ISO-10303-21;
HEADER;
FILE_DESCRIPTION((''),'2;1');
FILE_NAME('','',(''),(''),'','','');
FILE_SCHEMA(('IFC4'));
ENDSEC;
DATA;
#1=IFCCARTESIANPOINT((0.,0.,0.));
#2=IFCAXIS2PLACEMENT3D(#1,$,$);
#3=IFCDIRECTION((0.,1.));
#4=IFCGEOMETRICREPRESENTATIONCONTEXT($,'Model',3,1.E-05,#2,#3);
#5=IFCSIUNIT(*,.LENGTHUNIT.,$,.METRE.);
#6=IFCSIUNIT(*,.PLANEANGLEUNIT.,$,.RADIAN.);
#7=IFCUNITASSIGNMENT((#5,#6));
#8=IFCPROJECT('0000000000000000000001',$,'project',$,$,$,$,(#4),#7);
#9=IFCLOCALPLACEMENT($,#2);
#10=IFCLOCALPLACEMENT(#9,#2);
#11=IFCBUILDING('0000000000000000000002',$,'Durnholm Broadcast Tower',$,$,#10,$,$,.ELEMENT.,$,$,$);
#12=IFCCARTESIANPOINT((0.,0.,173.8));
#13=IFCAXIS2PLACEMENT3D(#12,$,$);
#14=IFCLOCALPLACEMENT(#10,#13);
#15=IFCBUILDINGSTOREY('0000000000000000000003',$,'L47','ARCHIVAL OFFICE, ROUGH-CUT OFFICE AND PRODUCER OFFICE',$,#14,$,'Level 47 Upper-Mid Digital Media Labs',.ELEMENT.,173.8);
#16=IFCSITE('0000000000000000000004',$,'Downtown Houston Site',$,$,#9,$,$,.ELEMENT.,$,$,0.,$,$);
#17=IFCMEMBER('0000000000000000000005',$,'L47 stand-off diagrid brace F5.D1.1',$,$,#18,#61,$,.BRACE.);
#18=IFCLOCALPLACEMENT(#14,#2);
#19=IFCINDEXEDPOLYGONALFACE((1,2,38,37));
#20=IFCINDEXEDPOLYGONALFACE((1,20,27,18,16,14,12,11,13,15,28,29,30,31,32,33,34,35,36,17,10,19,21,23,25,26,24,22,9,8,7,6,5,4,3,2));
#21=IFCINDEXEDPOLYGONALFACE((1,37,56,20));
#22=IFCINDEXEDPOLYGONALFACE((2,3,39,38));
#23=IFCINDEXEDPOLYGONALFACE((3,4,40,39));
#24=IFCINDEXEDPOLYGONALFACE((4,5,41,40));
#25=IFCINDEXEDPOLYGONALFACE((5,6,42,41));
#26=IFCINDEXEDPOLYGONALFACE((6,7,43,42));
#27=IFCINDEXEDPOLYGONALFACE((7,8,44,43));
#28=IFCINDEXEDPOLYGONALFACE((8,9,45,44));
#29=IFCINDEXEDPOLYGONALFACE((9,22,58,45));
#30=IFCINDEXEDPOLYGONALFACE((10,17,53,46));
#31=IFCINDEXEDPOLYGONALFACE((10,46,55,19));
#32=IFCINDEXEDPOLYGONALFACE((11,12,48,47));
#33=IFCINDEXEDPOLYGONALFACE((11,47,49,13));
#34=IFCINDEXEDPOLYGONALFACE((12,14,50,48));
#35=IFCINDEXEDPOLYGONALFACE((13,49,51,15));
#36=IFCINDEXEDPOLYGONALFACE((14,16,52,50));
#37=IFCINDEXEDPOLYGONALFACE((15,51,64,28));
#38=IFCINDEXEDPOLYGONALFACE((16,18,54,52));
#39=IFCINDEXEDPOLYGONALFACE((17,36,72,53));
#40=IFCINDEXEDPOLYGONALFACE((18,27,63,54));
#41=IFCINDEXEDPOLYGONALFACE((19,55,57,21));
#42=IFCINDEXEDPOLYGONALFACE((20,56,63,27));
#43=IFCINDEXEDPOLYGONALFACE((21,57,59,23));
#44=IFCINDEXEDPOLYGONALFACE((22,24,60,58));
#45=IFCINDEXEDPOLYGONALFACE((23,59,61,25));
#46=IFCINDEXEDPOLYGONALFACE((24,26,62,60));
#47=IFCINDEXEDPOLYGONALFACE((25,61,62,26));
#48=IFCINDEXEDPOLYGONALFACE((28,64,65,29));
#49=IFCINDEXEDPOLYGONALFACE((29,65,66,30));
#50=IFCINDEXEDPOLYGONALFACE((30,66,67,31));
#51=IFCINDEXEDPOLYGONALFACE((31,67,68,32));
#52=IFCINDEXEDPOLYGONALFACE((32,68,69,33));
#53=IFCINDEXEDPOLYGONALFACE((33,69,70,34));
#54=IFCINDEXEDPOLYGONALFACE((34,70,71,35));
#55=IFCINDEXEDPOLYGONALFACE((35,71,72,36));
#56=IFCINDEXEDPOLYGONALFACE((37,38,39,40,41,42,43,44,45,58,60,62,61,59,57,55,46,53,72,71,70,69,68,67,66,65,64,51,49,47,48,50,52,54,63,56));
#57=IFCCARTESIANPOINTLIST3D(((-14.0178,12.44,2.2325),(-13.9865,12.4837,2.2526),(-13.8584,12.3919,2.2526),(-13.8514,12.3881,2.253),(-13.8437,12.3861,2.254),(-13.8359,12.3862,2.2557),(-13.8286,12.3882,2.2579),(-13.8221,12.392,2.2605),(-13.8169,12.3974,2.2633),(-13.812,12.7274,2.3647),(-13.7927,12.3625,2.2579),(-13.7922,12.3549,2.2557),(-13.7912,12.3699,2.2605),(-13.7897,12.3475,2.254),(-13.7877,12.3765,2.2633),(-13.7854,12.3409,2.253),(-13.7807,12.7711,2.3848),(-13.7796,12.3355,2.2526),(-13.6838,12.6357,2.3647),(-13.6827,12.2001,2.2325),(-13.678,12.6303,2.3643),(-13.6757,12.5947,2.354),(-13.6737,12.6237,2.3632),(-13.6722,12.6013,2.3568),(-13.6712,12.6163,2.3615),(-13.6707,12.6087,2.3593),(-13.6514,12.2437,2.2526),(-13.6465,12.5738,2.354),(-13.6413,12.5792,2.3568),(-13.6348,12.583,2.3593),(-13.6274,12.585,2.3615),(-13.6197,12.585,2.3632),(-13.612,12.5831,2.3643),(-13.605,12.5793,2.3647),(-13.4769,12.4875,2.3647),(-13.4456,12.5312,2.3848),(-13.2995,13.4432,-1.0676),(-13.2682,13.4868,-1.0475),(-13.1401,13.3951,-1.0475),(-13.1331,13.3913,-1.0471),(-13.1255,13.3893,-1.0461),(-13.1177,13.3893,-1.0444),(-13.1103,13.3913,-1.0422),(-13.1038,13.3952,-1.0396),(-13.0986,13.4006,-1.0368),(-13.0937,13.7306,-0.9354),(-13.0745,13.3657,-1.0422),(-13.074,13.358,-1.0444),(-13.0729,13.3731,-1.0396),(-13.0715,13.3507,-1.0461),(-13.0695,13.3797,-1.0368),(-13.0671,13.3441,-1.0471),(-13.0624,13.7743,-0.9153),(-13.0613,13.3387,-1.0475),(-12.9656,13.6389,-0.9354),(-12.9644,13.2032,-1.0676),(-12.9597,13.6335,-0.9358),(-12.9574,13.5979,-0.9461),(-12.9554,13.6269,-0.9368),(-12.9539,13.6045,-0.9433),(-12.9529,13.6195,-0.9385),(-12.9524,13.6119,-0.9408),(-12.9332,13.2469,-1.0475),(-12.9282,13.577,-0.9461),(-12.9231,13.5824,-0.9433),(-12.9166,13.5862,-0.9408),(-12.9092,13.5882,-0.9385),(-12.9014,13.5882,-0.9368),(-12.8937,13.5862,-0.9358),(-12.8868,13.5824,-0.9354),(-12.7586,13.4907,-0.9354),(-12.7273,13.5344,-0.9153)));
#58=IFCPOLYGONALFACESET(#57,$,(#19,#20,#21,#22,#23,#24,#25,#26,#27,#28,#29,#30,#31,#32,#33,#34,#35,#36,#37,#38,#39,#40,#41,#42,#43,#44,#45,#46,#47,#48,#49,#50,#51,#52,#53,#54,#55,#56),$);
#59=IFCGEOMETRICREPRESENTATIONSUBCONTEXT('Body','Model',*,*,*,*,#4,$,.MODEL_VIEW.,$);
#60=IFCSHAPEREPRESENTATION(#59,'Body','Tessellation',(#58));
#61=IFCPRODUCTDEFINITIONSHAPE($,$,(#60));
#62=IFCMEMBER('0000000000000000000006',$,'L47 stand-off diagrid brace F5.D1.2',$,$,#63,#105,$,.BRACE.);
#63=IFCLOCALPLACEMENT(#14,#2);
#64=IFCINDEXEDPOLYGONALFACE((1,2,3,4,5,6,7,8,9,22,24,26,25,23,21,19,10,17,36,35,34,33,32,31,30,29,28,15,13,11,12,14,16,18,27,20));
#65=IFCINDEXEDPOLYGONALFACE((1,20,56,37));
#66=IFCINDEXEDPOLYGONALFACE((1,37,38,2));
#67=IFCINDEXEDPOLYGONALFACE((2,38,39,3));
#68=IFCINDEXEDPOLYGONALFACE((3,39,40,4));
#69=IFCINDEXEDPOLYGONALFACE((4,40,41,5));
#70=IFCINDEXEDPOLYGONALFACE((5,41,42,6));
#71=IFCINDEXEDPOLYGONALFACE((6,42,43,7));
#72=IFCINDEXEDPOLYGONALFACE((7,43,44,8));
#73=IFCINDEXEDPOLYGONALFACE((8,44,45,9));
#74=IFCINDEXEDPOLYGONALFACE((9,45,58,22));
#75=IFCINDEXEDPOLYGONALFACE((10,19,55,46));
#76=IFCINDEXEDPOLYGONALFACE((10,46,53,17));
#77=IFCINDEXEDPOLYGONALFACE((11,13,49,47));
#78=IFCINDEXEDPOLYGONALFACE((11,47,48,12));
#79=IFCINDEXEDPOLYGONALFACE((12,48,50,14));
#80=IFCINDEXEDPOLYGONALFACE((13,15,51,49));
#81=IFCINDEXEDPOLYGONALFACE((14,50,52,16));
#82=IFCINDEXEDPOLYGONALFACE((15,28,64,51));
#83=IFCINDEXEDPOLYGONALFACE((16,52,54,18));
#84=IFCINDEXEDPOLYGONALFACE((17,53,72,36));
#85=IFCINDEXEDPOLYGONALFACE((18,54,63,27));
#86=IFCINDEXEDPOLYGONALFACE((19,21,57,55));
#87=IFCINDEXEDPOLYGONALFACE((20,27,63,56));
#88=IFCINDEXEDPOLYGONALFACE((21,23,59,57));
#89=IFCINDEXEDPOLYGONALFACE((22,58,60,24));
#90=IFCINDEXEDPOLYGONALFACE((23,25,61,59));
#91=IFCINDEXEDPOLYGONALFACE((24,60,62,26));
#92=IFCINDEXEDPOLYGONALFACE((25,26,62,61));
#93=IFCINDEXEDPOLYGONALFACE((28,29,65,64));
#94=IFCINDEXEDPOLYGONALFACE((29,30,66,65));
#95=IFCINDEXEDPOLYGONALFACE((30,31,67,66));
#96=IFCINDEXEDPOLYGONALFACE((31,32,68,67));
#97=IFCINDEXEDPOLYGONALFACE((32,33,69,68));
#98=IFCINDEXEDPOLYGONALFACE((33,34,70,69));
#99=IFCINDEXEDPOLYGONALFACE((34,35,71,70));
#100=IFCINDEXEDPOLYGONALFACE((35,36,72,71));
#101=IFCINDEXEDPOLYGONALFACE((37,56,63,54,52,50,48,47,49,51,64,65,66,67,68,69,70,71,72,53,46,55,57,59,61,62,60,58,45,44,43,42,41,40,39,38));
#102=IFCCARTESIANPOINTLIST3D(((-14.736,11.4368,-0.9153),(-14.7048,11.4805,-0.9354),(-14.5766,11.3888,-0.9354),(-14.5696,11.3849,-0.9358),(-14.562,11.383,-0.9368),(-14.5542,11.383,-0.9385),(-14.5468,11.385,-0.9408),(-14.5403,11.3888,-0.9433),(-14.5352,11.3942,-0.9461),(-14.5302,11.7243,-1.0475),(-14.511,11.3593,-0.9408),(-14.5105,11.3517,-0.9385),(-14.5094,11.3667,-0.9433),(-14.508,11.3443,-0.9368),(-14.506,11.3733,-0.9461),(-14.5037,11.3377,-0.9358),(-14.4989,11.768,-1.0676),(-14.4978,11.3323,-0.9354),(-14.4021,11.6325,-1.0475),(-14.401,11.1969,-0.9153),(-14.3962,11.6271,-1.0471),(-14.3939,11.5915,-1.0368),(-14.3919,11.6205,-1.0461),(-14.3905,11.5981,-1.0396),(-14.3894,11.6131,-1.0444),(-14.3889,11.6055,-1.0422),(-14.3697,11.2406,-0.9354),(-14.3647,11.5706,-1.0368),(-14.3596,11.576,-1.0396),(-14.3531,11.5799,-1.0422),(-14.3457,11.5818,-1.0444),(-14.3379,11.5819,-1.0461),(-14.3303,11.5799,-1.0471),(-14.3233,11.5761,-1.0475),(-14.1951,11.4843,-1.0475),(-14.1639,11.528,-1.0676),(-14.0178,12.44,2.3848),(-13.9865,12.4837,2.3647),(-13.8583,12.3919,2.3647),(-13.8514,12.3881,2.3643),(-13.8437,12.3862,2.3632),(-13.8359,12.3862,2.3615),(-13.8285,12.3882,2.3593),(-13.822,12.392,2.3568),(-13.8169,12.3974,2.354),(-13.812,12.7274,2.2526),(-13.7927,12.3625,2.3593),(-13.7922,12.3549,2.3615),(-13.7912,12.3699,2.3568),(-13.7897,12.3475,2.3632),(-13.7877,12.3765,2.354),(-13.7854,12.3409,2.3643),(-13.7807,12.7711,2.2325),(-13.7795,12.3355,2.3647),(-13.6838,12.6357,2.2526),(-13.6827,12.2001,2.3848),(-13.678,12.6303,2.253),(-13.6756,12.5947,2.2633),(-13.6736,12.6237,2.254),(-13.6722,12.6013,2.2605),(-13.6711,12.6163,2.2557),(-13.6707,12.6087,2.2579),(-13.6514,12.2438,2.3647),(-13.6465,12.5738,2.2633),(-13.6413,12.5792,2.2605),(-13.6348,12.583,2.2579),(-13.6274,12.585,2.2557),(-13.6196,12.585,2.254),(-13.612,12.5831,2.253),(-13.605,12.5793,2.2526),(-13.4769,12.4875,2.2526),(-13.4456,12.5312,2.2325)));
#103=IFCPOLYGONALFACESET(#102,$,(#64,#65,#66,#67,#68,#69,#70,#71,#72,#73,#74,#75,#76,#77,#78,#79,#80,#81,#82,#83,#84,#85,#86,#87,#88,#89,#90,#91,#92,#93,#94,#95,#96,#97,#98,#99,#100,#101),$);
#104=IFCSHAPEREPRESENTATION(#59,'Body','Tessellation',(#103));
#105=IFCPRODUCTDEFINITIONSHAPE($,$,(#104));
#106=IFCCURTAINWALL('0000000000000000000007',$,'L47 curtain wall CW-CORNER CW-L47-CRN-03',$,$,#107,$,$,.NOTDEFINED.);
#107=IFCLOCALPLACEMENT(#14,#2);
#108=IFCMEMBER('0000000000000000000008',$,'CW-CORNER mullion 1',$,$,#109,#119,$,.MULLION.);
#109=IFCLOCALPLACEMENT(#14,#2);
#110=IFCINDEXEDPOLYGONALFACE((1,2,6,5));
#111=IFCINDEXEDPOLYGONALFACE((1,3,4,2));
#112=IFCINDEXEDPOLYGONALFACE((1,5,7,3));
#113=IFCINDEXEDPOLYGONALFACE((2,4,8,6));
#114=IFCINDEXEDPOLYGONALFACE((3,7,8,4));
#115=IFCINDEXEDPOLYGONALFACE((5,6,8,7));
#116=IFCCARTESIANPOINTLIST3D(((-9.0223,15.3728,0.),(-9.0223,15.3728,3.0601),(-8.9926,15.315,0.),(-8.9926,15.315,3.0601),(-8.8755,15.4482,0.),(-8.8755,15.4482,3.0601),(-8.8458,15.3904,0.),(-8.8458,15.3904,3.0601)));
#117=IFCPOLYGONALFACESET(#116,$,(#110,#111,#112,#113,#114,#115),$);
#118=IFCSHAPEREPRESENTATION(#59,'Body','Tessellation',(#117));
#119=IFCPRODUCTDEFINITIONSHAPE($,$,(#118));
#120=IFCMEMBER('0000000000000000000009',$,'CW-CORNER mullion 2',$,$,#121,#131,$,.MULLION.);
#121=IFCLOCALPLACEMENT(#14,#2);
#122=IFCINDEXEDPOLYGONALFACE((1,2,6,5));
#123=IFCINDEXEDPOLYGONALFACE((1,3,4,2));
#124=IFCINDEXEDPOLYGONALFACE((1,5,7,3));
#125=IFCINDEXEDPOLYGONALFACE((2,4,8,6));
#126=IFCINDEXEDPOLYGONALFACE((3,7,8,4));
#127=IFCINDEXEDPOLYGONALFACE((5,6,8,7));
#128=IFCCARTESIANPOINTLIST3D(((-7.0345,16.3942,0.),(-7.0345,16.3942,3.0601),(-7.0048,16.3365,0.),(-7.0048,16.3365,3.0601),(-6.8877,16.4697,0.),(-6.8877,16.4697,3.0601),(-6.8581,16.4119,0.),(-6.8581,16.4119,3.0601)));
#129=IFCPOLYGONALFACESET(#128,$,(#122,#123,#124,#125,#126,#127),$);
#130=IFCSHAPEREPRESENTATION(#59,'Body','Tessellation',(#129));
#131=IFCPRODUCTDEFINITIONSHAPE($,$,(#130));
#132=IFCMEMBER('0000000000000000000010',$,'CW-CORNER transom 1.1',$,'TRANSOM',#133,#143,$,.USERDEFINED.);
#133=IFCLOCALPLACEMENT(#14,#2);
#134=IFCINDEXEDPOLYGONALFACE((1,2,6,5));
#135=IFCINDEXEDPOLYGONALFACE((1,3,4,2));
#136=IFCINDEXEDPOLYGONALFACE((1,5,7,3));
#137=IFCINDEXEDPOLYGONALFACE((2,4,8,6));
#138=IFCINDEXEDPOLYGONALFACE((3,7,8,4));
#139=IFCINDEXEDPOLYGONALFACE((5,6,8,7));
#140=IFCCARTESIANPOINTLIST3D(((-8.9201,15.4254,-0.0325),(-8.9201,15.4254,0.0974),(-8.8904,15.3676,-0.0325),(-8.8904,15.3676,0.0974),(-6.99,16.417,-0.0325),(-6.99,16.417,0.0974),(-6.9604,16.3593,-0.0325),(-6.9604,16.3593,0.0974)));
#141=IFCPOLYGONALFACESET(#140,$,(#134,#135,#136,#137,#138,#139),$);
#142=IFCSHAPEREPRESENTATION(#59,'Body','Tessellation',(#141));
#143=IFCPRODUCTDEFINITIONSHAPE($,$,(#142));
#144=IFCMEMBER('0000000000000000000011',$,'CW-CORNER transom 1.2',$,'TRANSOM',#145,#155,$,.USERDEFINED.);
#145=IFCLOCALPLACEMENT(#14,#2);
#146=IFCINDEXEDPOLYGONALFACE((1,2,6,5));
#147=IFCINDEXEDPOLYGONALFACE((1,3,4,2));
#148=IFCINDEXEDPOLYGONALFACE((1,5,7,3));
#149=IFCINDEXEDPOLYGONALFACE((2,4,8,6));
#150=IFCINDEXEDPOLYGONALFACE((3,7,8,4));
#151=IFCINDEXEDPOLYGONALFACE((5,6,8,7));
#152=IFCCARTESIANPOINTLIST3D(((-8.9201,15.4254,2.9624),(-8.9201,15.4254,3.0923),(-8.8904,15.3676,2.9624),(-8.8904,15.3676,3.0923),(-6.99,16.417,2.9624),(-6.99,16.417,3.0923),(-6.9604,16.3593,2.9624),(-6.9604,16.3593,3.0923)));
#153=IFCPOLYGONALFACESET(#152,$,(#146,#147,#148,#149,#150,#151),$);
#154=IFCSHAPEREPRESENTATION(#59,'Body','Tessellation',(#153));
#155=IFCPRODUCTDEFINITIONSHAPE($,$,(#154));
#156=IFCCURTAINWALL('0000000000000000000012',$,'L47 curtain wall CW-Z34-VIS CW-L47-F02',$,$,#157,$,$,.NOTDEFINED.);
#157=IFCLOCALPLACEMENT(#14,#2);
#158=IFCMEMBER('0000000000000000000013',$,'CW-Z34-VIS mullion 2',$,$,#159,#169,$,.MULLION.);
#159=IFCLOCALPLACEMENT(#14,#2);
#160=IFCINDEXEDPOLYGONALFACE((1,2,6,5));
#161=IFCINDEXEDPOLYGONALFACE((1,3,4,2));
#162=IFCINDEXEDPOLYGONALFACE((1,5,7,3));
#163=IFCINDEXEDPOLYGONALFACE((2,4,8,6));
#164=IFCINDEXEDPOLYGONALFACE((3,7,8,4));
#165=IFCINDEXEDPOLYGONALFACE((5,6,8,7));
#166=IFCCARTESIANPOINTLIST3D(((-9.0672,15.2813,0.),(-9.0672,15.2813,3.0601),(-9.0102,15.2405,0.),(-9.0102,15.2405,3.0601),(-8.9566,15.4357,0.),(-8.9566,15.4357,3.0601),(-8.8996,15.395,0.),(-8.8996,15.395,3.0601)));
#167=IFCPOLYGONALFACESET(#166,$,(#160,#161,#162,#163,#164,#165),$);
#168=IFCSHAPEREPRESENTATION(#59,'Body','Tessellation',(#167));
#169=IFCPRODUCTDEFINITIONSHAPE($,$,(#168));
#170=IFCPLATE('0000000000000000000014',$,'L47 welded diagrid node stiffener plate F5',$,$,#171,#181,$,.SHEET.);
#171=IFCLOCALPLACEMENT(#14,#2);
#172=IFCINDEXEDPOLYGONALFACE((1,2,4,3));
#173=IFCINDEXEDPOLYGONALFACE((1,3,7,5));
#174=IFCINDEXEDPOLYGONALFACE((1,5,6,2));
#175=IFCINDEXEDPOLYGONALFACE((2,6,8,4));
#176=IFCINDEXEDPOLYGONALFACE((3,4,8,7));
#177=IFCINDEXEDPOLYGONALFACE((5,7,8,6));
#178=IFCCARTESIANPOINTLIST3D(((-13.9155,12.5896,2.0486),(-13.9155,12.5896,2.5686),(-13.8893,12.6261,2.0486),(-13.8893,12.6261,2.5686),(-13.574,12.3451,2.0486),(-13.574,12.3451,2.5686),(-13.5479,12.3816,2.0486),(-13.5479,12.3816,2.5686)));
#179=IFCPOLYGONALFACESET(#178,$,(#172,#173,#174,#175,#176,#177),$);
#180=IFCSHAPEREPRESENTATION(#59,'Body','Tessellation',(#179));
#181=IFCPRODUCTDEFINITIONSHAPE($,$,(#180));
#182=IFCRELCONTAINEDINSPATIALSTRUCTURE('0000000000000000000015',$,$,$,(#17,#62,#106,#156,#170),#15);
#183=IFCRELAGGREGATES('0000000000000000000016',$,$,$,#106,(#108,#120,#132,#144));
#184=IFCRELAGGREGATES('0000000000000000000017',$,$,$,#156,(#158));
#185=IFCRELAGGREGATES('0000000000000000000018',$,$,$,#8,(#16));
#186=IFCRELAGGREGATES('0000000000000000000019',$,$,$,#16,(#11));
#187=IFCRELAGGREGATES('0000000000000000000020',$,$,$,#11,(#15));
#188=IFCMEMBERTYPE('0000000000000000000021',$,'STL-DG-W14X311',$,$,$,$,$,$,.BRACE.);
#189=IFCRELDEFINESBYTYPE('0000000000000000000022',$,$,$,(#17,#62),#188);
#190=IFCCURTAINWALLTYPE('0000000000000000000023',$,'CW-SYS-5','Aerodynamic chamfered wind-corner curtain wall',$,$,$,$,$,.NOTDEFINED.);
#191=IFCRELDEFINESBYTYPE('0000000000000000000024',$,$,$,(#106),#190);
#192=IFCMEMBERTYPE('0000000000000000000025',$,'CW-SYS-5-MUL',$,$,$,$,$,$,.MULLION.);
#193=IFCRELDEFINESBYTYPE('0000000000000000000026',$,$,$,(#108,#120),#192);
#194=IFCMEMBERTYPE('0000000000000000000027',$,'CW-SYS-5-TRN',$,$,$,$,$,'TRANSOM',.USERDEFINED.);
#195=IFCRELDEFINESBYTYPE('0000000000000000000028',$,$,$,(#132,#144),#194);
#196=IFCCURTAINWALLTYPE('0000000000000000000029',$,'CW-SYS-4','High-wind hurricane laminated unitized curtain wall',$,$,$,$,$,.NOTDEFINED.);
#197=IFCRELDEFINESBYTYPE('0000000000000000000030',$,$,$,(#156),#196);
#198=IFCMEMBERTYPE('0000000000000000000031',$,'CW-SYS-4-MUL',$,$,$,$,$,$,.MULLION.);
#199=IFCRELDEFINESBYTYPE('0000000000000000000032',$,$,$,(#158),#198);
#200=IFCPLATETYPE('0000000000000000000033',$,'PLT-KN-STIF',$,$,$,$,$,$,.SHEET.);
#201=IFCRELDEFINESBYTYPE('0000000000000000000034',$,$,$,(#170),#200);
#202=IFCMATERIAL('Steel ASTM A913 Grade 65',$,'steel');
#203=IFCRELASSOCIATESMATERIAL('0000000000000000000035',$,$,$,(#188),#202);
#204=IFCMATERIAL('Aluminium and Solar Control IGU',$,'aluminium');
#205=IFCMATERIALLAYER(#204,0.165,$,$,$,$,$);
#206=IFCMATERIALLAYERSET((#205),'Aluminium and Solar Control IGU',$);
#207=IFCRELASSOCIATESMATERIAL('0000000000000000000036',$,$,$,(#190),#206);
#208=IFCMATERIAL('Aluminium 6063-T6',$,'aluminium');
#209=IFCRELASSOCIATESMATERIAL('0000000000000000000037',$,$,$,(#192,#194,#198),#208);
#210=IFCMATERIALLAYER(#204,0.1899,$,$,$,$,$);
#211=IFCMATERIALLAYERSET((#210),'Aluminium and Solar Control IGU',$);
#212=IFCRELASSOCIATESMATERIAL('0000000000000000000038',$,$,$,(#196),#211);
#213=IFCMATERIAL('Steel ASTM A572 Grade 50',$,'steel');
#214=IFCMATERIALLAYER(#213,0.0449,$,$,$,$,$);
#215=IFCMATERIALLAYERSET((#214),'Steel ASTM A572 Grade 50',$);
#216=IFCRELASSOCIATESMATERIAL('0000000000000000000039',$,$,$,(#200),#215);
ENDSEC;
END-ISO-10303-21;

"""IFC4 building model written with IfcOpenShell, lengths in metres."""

from ifc_helpers import new_model, si_unit, direction, frame, origin, origin_2d, place, context, subcontext, project, spatial, rectangle, i_section, extrude, source, transform, mapped, material, layer, layer_set, material_profile, profile_set, type_object, type_shapes, element, aggregate, save


model = new_model("IFC4")

# Units and contexts
model_context = context("Model", 3, precision=1e-05, world=origin(), true_north=direction((0.0, 1.0)))
body_context = subcontext(model_context, "Body", "Model", "MODEL_VIEW")
ifc_project = project(units=[si_unit("LENGTHUNIT", "METRE"), si_unit("PLANEANGLEUNIT", "RADIAN")], contexts=[model_context])

# Site, building, storey
site_placement = place(None, origin())
site = spatial("IfcSite", under=ifc_project, at=site_placement, Name="Downtown Houston Site", CompositionType="ELEMENT", RefElevation=0.0)
building_placement = place(site_placement, origin())
building = spatial("IfcBuilding", under=site, at=building_placement, Name="Durnholm Broadcast Tower", CompositionType="ELEMENT")
storey_placement = place(building_placement, frame((0.0, 0.0, 173.8)))
storey = spatial("IfcBuildingStorey", under=building, at=storey_placement, Name="L47", Description="ARCHIVAL OFFICE, ROUGH-CUT OFFICE AND PRODUCER OFFICE", LongName="Level 47 Upper-Mid Digital Media Labs", CompositionType="ELEMENT", Elevation=173.8)

# Members
ifc_material_1 = material(Name="Steel ASTM A913 Grade 65", Category="steel")
ifc_material_profile_1 = material_profile(ifc_material_1, i_section(OverallWidth=0.4121, OverallDepth=0.4348, WebThickness=0.0359, FlangeThickness=0.0574, FilletRadius=0.0305, at=origin_2d()), Name="W14X311")
ifc_profile_set_1 = profile_set([ifc_material_profile_1], Name="Steel ASTM A913 Grade 65")
member_type_1 = type_object("IfcMemberType", Name="STL-DG-W14X311", PredefinedType="BRACE", material=ifc_profile_set_1)
shared_shape_1 = source(origin(), body_context, "Body", "SweptSolid", [
    extrude(i_section(OverallWidth=0.4121, OverallDepth=0.4348, WebThickness=0.0359, FlangeThickness=0.0574, FilletRadius=0.0305, at=origin_2d()), origin(), (0.0, 0.0, 1.0), 3.5232),
])
type_shapes(member_type_1, [shared_shape_1])
for number, where, z_axis, x_axis, name in (
    (1, (-13.0134, 13.4888, -0.9915), (-0.203869, -0.284738, 0.936676), (0.813078, -0.582155, 0.0), "L47 stand-off diagrid brace F5.D1.1"),
    (2, (-14.45, 11.4824, -0.9915), (0.203869, 0.284738, 0.936676), (-0.813078, 0.582155, 0.0), "L47 stand-off diagrid brace F5.D1.2"),
):
    element("IfcMember", number, at=place(storey_placement, frame(where, z_axis=z_axis, x_axis=x_axis)), inside=storey, type_object=member_type_1, Name=name, PredefinedType="BRACE", context=body_context, shape_type="MappedRepresentation", body=[
        mapped(shared_shape_1, transform((0.0, 0.0, 0.0), x_axis=(1.0, 0.0, 0.0), y_axis=(0.0, 1.0, 0.0), z_axis=(0.0, 0.0, 1.0), scale=1.0)),
    ])

# Curtain wall, members
ifc_material_2 = material(Name="Aluminium and Solar Control IGU", Category="aluminium")
ifc_layer_1 = layer(ifc_material_2, 0.165)
ifc_layer_set_1 = layer_set([ifc_layer_1], Name="Aluminium and Solar Control IGU")
curtain_wall_type_1 = type_object("IfcCurtainWallType", Name="CW-SYS-5", Description="Aerodynamic chamfered wind-corner curtain wall", PredefinedType="NOTDEFINED", material=ifc_layer_set_1)
curtain_wall_1_placement = place(storey_placement, origin())
curtain_wall_1 = element("IfcCurtainWall", 3, at=curtain_wall_1_placement, inside=storey, type_object=curtain_wall_type_1, Name="L47 curtain wall CW-CORNER CW-L47-CRN-03", PredefinedType="NOTDEFINED")
ifc_material_3 = material(Name="Aluminium 6063-T6", Category="aluminium")
ifc_material_profile_2 = material_profile(ifc_material_3, rectangle(XDim=0.0649, YDim=0.165, at=origin_2d()), Name="CWM65X165")
ifc_profile_set_2 = profile_set([ifc_material_profile_2], Name="Aluminium 6063-T6")
member_type_2 = type_object("IfcMemberType", Name="CW-SYS-5-MUL", PredefinedType="MULLION", material=ifc_profile_set_2)
shared_shape_2 = source(origin(), body_context, "Body", "SweptSolid", [
    extrude(rectangle(XDim=0.0649, YDim=0.165, at=origin_2d()), origin(), (0.0, 0.0, 1.0), 3.0601),
])
type_shapes(member_type_2, [shared_shape_2])
member_1_placement = place(storey_placement, frame((-8.9341, 15.3816, 0.0), z_axis=(0.0, 0.0, 1.0), x_axis=(-0.457082, 0.889425, 0.0)))
member_1 = element("IfcMember", 4, at=member_1_placement, type_object=member_type_2, Name="CW-CORNER mullion 1", PredefinedType="MULLION", context=body_context, shape_type="MappedRepresentation", body=[
    mapped(shared_shape_2, transform((0.0, 0.0, 0.0), x_axis=(1.0, 0.0, 0.0), y_axis=(0.0, 1.0, 0.0), z_axis=(0.0, 0.0, 1.0), scale=1.0)),
])
member_2_placement = place(storey_placement, frame((-6.9463, 16.4031, 0.0), z_axis=(0.0, 0.0, 1.0), x_axis=(-0.457082, 0.889425, 0.0)))
member_2 = element("IfcMember", 5, at=member_2_placement, type_object=member_type_2, Name="CW-CORNER mullion 2", PredefinedType="MULLION", context=body_context, shape_type="MappedRepresentation", body=[
    mapped(shared_shape_2, transform((0.0, 0.0, 0.0), x_axis=(1.0, 0.0, 0.0), y_axis=(0.0, 1.0, 0.0), z_axis=(0.0, 0.0, 1.0), scale=1.0)),
])
ifc_material_profile_3 = material_profile(ifc_material_3, rectangle(XDim=0.0649, YDim=0.1299, at=origin_2d()), Name="CWT65X130")
ifc_profile_set_3 = profile_set([ifc_material_profile_3], Name="Aluminium 6063-T6")
member_type_3 = type_object("IfcMemberType", Name="CW-SYS-5-TRN", ElementType="TRANSOM", PredefinedType="USERDEFINED", material=ifc_profile_set_3)
shared_shape_3 = source(origin(), body_context, "Body", "SweptSolid", [
    extrude(rectangle(XDim=0.0649, YDim=0.1299, at=origin_2d()), origin(), (0.0, 0.0, 1.0), 2.1699),
])
type_shapes(member_type_3, [shared_shape_3])
member_3_placement = place(storey_placement, frame((-8.9053, 15.3965, 0.0325), z_axis=(0.889468, 0.456997, 0.0), x_axis=(-0.456997, 0.889468, 0.0)))
member_3 = element("IfcMember", 6, at=member_3_placement, type_object=member_type_3, Name="CW-CORNER transom 1.1", ObjectType="TRANSOM", PredefinedType="USERDEFINED", context=body_context, shape_type="MappedRepresentation", body=[
    mapped(shared_shape_3, transform((0.0, 0.0, 0.0), x_axis=(1.0, 0.0, 0.0), y_axis=(0.0, 1.0, 0.0), z_axis=(0.0, 0.0, 1.0), scale=1.0)),
])
member_4_placement = place(storey_placement, frame((-8.9053, 15.3965, 3.0273), z_axis=(0.889468, 0.456997, 0.0), x_axis=(-0.456997, 0.889468, 0.0)))
member_4 = element("IfcMember", 7, at=member_4_placement, type_object=member_type_3, Name="CW-CORNER transom 1.2", ObjectType="TRANSOM", PredefinedType="USERDEFINED", context=body_context, shape_type="MappedRepresentation", body=[
    mapped(shared_shape_3, transform((0.0, 0.0, 0.0), x_axis=(1.0, 0.0, 0.0), y_axis=(0.0, 1.0, 0.0), z_axis=(0.0, 0.0, 1.0), scale=1.0)),
])

# Curtain wall, member
ifc_layer_2 = layer(ifc_material_2, 0.1899)
ifc_layer_set_2 = layer_set([ifc_layer_2], Name="Aluminium and Solar Control IGU")
curtain_wall_type_2 = type_object("IfcCurtainWallType", Name="CW-SYS-4", Description="High-wind hurricane laminated unitized curtain wall", PredefinedType="NOTDEFINED", material=ifc_layer_set_2)
curtain_wall_2_placement = place(storey_placement, origin())
curtain_wall_2 = element("IfcCurtainWall", 8, at=curtain_wall_2_placement, inside=storey, type_object=curtain_wall_type_2, Name="L47 curtain wall CW-Z34-VIS CW-L47-F02", PredefinedType="NOTDEFINED")
ifc_material_profile_4 = material_profile(ifc_material_3, rectangle(XDim=0.0701, YDim=0.1899, at=origin_2d()), Name="CWM70X190")
ifc_profile_set_4 = profile_set([ifc_material_profile_4], Name="Aluminium 6063-T6")
member_type_4 = type_object("IfcMemberType", Name="CW-SYS-4-MUL", PredefinedType="MULLION", material=ifc_profile_set_4)
shared_shape_4 = source(origin(), body_context, "Body", "SweptSolid", [
    extrude(rectangle(XDim=0.0701, YDim=0.1899, at=origin_2d()), origin(), (0.0, 0.0, 1.0), 3.0601),
])
type_shapes(member_type_4, [shared_shape_4])
member_5_placement = place(storey_placement, frame((-8.9834, 15.3381, 0.0), z_axis=(0.0, 0.0, 1.0), x_axis=(-0.813089, 0.582139, 0.0)))
member_5 = element("IfcMember", 9, at=member_5_placement, type_object=member_type_4, Name="CW-Z34-VIS mullion 2", PredefinedType="MULLION", context=body_context, shape_type="MappedRepresentation", body=[
    mapped(shared_shape_4, transform((0.0, 0.0, 0.0), x_axis=(1.0, 0.0, 0.0), y_axis=(0.0, 1.0, 0.0), z_axis=(0.0, 0.0, 1.0), scale=1.0)),
])

# Plate
ifc_material_4 = material(Name="Steel ASTM A572 Grade 50", Category="steel")
ifc_layer_3 = layer(ifc_material_4, 0.0449)
ifc_layer_set_3 = layer_set([ifc_layer_3], Name="Steel ASTM A572 Grade 50")
plate_type_1 = type_object("IfcPlateType", Name="PLT-KN-STIF", PredefinedType="SHEET", material=ifc_layer_set_3)
shared_shape_5 = source(origin(), body_context, "Body", "SweptSolid", [
    extrude(rectangle(XDim=0.0449, YDim=0.4199, at=origin_2d()), origin(), (0.0, 0.0, 1.0), 0.52),
])
type_shapes(plate_type_1, [shared_shape_5])
plate_1_placement = place(storey_placement, frame((-13.7317, 12.4856, 2.0486), z_axis=(0.0, 0.0, 1.0), x_axis=(-0.582123, -0.813101, 0.0)))
element("IfcPlate", 10, at=plate_1_placement, inside=storey, type_object=plate_type_1, Name="L47 welded diagrid node stiffener plate F5", PredefinedType="SHEET", context=body_context, shape_type="MappedRepresentation", body=[
    mapped(shared_shape_5, transform((0.0, 0.0, 0.0), x_axis=(1.0, 0.0, 0.0), y_axis=(0.0, 1.0, 0.0), z_axis=(0.0, 0.0, 1.0), scale=1.0)),
])

aggregate(curtain_wall_1, [member_1, member_2, member_3, member_4])
aggregate(curtain_wall_2, [member_5])

save(model, "model.ifc")
